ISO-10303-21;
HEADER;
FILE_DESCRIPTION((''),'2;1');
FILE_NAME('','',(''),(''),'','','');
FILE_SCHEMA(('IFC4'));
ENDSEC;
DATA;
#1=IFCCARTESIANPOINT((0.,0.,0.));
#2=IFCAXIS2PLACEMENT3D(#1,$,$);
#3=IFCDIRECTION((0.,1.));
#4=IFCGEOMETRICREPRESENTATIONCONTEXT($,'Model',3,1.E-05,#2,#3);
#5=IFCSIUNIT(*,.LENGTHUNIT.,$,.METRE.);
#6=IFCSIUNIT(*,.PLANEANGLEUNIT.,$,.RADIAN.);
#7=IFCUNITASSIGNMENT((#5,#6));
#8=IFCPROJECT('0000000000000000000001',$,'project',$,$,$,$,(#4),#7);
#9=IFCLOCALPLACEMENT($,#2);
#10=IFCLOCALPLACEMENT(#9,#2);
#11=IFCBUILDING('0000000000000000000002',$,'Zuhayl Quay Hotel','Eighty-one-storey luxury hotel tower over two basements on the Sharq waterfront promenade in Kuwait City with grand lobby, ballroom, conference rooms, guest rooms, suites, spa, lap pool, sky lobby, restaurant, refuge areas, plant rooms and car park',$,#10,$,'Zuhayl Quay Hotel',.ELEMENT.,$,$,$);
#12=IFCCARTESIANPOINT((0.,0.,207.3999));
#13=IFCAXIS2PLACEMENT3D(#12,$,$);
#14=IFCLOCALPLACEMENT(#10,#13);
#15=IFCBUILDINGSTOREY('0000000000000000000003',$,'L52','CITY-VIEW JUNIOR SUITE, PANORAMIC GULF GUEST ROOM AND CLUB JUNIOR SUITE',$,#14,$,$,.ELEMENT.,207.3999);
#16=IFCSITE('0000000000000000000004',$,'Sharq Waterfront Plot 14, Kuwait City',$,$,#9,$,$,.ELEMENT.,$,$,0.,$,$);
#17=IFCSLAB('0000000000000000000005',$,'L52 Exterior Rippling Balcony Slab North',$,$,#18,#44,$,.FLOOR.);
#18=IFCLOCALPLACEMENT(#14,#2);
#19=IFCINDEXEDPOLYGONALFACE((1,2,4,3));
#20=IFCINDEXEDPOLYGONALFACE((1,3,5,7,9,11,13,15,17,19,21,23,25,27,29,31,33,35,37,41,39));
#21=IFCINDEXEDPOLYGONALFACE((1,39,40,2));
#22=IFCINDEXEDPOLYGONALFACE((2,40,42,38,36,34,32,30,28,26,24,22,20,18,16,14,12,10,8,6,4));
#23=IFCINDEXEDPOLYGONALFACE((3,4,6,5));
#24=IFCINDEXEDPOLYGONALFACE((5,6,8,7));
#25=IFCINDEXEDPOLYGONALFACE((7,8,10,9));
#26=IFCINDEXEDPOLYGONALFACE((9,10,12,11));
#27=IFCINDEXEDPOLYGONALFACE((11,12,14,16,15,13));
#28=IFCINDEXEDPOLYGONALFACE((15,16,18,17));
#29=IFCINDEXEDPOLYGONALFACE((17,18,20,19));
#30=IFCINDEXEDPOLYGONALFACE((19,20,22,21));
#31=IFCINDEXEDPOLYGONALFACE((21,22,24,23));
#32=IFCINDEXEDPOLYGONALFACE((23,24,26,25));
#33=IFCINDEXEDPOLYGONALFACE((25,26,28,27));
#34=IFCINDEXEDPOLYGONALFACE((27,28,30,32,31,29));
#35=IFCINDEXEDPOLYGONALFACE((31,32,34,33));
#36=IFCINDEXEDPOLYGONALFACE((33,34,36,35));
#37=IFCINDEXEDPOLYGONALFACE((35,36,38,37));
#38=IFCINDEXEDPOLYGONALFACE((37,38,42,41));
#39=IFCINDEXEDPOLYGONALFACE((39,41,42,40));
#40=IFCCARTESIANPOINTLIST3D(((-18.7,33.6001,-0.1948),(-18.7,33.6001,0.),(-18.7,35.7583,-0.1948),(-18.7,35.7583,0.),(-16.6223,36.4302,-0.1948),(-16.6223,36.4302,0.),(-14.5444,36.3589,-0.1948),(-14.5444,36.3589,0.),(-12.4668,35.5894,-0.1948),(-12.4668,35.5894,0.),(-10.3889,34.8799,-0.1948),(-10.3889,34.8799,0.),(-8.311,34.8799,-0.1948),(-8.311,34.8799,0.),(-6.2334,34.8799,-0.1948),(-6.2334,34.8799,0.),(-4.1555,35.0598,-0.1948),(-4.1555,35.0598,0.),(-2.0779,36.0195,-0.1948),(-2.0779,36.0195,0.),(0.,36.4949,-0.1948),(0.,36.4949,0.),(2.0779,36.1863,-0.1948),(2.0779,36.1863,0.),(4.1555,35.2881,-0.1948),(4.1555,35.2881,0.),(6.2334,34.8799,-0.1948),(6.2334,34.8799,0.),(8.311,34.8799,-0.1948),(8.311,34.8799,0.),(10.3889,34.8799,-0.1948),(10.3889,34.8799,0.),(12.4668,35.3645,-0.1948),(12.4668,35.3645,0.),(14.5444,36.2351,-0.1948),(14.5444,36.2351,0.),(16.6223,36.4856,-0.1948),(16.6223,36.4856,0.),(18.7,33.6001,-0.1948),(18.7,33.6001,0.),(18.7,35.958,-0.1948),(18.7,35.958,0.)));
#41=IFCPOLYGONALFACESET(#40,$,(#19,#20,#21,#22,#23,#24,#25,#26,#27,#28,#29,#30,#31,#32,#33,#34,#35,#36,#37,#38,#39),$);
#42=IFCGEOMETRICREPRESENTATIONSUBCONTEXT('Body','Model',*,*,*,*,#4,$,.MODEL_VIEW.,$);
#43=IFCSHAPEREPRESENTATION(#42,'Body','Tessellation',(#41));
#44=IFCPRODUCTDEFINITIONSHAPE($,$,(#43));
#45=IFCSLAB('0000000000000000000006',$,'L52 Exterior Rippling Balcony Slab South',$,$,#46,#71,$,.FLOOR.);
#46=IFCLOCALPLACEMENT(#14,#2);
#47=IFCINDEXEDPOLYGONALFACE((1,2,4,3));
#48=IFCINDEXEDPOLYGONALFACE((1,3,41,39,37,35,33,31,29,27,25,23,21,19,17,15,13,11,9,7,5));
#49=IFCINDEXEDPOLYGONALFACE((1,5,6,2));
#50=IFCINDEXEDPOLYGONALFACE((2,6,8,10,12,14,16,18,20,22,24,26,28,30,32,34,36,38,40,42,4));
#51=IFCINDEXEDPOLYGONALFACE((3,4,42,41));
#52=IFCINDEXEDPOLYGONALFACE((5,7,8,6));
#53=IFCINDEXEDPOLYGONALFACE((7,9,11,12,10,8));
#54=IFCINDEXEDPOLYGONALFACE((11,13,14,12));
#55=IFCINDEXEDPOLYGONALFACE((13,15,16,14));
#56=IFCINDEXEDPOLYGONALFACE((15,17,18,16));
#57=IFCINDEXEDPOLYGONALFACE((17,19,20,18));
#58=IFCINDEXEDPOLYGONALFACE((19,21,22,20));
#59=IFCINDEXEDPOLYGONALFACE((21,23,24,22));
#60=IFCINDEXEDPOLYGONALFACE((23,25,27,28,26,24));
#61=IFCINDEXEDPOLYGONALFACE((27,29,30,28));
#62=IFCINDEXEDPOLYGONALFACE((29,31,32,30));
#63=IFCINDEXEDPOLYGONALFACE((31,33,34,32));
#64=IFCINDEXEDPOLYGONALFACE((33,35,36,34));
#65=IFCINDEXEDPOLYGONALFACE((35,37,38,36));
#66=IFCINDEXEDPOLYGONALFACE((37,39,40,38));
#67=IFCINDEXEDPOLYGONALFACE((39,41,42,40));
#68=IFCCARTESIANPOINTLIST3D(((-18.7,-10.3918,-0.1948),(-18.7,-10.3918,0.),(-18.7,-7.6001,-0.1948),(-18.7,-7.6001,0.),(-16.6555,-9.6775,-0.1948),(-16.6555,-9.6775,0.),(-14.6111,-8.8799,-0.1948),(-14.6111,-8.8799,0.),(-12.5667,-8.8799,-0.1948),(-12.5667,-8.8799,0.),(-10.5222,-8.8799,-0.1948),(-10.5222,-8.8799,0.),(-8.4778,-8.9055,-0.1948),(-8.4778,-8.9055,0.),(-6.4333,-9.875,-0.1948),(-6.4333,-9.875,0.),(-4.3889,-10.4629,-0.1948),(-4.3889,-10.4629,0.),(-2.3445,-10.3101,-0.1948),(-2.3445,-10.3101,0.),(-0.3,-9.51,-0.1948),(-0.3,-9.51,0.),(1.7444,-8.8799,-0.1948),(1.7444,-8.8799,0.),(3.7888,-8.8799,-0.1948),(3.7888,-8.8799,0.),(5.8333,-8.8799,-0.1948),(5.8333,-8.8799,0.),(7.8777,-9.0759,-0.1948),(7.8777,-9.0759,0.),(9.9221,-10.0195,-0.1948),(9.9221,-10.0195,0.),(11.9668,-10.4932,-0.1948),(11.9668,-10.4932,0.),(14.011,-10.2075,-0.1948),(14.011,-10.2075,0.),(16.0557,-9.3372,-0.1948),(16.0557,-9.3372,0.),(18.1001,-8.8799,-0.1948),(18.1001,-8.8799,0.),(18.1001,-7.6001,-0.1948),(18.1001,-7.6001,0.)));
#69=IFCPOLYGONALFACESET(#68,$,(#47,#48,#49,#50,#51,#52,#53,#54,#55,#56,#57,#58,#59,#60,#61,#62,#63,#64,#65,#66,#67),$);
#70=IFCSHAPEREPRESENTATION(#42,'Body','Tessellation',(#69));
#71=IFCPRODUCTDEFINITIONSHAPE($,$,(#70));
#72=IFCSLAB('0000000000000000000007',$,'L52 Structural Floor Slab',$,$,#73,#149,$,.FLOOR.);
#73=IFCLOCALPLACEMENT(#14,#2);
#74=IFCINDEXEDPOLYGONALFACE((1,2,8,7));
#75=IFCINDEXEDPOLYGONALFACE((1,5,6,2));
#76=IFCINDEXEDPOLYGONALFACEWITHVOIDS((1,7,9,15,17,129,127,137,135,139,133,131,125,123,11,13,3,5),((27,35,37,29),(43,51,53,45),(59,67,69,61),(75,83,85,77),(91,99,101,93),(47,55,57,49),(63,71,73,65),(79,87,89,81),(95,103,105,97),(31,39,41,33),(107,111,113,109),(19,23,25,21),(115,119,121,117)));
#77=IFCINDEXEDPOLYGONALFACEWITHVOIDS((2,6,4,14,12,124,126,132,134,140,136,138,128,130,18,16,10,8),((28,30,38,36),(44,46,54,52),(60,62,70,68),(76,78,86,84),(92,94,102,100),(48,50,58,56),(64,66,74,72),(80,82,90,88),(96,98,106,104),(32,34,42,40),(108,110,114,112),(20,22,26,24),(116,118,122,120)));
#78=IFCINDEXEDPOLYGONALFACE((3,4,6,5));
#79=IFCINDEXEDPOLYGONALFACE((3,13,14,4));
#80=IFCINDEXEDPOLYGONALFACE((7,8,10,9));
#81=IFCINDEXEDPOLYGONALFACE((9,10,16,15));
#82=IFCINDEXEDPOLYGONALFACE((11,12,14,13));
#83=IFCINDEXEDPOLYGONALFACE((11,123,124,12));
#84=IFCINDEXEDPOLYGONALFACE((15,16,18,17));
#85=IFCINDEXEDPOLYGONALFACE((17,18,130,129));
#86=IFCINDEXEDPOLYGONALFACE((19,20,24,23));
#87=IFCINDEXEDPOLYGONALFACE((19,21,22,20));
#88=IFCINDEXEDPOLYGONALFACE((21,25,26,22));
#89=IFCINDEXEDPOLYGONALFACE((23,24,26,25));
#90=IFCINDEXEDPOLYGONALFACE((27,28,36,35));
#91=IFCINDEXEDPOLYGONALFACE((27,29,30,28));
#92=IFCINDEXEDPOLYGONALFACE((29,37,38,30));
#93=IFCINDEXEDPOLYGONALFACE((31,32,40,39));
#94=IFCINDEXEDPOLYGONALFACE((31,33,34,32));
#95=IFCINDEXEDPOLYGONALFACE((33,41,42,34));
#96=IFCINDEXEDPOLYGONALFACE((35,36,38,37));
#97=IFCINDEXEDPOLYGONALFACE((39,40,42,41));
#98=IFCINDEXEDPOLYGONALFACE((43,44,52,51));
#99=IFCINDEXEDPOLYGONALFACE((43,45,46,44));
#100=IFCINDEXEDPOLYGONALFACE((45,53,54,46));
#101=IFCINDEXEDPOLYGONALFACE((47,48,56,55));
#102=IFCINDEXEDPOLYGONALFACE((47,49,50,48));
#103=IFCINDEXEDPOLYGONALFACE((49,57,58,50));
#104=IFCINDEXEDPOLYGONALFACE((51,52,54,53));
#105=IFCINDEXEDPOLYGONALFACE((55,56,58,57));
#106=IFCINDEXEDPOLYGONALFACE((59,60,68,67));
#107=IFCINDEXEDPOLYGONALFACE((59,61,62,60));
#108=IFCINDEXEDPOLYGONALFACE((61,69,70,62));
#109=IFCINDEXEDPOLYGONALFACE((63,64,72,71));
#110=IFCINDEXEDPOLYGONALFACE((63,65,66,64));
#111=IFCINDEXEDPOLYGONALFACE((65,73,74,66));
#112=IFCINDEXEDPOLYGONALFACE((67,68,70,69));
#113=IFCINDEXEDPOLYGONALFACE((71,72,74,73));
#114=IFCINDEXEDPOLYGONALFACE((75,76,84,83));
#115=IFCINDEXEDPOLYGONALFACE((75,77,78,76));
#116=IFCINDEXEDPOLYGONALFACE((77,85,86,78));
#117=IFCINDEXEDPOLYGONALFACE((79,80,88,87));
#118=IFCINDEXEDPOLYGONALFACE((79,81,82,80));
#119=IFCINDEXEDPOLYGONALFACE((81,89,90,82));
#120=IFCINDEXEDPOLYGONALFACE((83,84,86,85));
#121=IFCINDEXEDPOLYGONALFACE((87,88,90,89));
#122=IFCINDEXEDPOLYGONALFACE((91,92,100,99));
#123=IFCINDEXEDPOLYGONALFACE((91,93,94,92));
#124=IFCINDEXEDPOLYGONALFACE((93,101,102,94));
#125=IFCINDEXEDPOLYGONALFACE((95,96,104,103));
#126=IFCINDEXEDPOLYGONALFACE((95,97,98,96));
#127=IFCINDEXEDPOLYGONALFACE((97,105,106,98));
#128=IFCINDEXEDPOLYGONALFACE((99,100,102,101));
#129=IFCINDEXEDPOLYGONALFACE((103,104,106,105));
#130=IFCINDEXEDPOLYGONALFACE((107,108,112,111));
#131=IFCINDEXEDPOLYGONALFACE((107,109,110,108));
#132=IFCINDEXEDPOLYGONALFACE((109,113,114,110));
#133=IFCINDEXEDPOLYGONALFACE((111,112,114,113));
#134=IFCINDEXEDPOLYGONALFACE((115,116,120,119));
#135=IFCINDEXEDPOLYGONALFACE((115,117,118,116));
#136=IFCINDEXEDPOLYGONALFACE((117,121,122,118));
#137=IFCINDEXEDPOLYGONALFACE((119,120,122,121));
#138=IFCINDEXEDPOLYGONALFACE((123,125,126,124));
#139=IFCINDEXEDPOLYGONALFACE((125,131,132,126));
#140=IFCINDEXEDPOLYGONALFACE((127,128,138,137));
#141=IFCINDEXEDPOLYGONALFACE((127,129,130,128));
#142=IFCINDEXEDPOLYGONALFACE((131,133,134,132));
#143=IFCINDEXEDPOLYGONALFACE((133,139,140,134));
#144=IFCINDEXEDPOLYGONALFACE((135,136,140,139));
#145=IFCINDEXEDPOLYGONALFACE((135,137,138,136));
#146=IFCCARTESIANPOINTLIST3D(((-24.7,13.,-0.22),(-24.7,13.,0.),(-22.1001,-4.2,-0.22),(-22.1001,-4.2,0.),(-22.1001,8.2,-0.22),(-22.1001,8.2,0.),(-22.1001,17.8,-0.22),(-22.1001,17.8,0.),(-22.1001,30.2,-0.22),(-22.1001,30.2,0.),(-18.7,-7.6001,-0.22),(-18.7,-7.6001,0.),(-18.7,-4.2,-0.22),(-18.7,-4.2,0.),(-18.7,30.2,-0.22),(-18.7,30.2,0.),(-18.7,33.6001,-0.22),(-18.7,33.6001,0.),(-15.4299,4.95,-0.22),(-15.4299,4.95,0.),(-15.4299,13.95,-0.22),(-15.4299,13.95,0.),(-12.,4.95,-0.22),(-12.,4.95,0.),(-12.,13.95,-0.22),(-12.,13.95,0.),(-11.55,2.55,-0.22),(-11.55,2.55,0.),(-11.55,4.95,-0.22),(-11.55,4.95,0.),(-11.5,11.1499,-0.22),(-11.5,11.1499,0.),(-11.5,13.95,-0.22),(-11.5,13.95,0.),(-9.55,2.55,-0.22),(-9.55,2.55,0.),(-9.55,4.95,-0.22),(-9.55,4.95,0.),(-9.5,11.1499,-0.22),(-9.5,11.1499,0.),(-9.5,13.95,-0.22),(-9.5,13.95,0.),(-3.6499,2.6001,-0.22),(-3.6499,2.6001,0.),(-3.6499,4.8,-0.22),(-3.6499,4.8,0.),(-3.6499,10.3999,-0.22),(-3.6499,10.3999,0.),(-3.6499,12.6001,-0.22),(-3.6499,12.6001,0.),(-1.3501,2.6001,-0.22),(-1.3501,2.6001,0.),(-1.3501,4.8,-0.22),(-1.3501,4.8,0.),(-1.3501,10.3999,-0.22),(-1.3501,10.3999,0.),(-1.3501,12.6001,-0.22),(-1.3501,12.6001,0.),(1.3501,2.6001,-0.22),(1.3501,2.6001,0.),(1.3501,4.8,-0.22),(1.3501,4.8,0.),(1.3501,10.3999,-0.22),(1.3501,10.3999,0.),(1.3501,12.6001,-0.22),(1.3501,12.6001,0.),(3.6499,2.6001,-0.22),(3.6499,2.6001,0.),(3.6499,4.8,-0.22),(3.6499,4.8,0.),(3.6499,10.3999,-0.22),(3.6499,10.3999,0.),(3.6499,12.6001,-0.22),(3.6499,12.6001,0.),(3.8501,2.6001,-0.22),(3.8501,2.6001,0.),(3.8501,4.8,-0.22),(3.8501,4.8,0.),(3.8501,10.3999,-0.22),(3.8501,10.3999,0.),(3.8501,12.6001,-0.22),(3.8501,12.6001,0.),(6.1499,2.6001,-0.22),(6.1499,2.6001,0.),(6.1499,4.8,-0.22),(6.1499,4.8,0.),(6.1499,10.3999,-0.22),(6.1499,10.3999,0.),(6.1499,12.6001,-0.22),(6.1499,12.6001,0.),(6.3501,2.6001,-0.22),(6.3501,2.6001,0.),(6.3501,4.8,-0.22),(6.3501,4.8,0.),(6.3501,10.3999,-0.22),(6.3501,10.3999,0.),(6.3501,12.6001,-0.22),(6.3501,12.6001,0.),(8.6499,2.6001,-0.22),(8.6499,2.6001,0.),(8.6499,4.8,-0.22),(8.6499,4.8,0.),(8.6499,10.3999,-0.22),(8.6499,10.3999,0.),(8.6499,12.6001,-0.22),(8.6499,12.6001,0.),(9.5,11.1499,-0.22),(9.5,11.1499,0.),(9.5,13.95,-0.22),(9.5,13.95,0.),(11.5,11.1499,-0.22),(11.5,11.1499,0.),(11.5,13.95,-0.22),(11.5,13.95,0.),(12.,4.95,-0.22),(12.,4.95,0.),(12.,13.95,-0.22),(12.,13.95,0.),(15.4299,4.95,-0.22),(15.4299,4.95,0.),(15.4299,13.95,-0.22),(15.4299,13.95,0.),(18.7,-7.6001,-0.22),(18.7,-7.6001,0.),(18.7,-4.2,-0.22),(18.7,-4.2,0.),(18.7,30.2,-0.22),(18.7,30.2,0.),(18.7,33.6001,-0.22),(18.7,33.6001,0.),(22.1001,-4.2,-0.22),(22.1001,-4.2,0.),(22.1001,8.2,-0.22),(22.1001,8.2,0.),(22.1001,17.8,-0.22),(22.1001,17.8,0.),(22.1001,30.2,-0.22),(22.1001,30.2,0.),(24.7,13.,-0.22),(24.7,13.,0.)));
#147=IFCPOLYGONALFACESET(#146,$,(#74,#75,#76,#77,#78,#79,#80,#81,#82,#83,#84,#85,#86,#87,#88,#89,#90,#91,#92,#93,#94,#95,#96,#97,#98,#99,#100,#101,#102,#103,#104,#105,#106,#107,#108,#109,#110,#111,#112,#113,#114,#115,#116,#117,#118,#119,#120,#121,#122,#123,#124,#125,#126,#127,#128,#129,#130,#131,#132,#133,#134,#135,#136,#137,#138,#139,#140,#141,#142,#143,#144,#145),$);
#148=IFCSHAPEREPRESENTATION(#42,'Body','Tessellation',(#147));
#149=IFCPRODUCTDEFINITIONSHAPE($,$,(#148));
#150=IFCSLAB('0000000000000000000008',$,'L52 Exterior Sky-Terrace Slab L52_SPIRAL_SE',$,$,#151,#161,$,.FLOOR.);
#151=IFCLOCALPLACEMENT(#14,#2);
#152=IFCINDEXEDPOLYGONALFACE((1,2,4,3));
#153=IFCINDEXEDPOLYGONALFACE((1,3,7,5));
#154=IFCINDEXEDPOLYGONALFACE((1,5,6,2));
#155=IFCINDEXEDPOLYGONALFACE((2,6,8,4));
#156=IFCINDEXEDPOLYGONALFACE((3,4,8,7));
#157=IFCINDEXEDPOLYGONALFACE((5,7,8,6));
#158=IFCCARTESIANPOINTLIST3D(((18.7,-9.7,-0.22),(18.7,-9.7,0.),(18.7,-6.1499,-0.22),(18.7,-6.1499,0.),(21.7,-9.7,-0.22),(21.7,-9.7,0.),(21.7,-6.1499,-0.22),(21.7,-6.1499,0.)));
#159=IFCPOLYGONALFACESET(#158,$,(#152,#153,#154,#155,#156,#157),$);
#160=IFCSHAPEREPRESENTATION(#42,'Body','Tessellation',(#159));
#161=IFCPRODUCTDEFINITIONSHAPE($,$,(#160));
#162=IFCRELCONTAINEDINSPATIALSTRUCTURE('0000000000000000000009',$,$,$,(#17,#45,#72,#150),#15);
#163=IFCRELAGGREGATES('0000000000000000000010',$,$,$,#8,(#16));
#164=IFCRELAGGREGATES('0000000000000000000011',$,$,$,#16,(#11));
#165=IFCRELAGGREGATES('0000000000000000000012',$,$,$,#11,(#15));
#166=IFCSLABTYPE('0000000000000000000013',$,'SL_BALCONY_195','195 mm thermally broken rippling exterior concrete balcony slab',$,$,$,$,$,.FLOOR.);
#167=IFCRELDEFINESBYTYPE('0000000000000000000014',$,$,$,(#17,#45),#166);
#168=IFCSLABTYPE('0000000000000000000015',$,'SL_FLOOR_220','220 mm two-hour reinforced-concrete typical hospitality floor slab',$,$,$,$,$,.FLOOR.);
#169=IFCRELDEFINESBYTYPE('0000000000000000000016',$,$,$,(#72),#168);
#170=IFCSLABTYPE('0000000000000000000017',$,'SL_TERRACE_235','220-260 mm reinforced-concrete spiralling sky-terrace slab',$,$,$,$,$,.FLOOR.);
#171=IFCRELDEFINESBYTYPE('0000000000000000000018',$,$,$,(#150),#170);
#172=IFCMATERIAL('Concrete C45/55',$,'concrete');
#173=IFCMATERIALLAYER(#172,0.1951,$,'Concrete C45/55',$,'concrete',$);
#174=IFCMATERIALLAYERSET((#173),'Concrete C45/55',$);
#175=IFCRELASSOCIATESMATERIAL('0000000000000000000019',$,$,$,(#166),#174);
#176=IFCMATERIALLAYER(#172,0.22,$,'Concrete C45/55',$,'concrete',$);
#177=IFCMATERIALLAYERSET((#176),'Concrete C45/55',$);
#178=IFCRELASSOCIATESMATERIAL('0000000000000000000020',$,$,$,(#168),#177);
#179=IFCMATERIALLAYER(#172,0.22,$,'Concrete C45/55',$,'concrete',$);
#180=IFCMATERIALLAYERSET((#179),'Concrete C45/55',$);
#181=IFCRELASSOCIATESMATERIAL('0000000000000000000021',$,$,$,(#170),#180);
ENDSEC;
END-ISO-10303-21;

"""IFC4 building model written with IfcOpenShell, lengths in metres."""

from ifc_helpers import new_model, si_unit, direction, frame, origin, place, context, subcontext, project, spatial, polyline, outline, extrude, material, layer, layer_set, type_object, element, save


model = new_model("IFC4")

# Units and contexts
model_context = context("Model", 3, precision=1e-05, world=origin(), true_north=direction((0.0, 1.0)))
body_context = subcontext(model_context, "Body", "Model", "MODEL_VIEW")
ifc_project = project(units=[si_unit("LENGTHUNIT", "METRE"), si_unit("PLANEANGLEUNIT", "RADIAN")], contexts=[model_context])

# Site, building, storey
site_placement = place(None, origin())
site = spatial("IfcSite", under=ifc_project, at=site_placement, Name="Sharq Waterfront Plot 14, Kuwait City", CompositionType="ELEMENT", RefElevation=0.0)
building_placement = place(site_placement, origin())
building = spatial("IfcBuilding", under=site, at=building_placement, Name="Zuhayl Quay Hotel", Description="Eighty-one-storey luxury hotel tower over two basements on the Sharq waterfront promenade in Kuwait City with grand lobby, ballroom, conference rooms, guest rooms, suites, spa, lap pool, sky lobby, restaurant, refuge areas, plant rooms and car park", LongName="Zuhayl Quay Hotel", CompositionType="ELEMENT")
storey_placement = place(building_placement, frame((0.0, 0.0, 207.3999)))
storey = spatial("IfcBuildingStorey", under=building, at=storey_placement, Name="L52", Description="CITY-VIEW JUNIOR SUITE, PANORAMIC GULF GUEST ROOM AND CLUB JUNIOR SUITE", CompositionType="ELEMENT", Elevation=207.3999)

# Slabs
ifc_material_1 = material(Name="Concrete C45/55", Category="concrete")
ifc_layer_1 = layer(ifc_material_1, 0.1951, Name="Concrete C45/55", Category="concrete")
ifc_layer_set_1 = layer_set([ifc_layer_1], Name="Concrete C45/55")
slab_type_1 = type_object("IfcSlabType", Name="SL_BALCONY_195", Description="195 mm thermally broken rippling exterior concrete balcony slab", PredefinedType="FLOOR", material=ifc_layer_set_1)
slab_1_placement = place(storey_placement, frame((0.0, 0.0, -0.1948)))
element("IfcSlab", 1, at=slab_1_placement, inside=storey, type_object=slab_type_1, Name="L52 Exterior Rippling Balcony Slab North", PredefinedType="FLOOR", context=body_context, shape_type="SweptSolid", body=[
    extrude(outline(polyline([(-18.7, 33.6001), (18.7, 33.6001), (18.7, 35.958), (16.6223, 36.4856), (14.5444, 36.2351), (12.4668, 35.3645), (10.3889, 34.8799), (8.311, 34.8799), (6.2334, 34.8799), (4.1555, 35.2881), (2.0779, 36.1863), (0.0, 36.4949), (-2.0779, 36.0195), (-4.1555, 35.0598), (-6.2334, 34.8799), (-8.311, 34.8799), (-10.3889, 34.8799), (-12.4668, 35.5894), (-14.5444, 36.3589), (-16.6223, 36.4302), (-18.7, 35.7583), (-18.7, 33.6001)])), origin(), (0.0, 0.0, 1.0), 0.1948),
])
slab_2_placement = place(storey_placement, frame((0.0, 0.0, -0.1948)))
element("IfcSlab", 2, at=slab_2_placement, inside=storey, type_object=slab_type_1, Name="L52 Exterior Rippling Balcony Slab South", PredefinedType="FLOOR", context=body_context, shape_type="SweptSolid", body=[
    extrude(outline(polyline([(-18.7, -10.3918), (-16.6555, -9.6775), (-14.6111, -8.8799), (-12.5667, -8.8799), (-10.5222, -8.8799), (-8.4778, -8.9055), (-6.4333, -9.875), (-4.3889, -10.4629), (-2.3445, -10.3101), (-0.3, -9.51), (1.7444, -8.8799), (3.7888, -8.8799), (5.8333, -8.8799), (7.8777, -9.0759), (9.9221, -10.0195), (11.9668, -10.4932), (14.011, -10.2075), (16.0557, -9.3372), (18.1001, -8.8799), (18.1001, -7.6001), (-18.7, -7.6001), (-18.7, -10.3918)])), origin(), (0.0, 0.0, 1.0), 0.1948),
])
ifc_layer_2 = layer(ifc_material_1, 0.22, Name="Concrete C45/55", Category="concrete")
ifc_layer_set_2 = layer_set([ifc_layer_2], Name="Concrete C45/55")
slab_type_2 = type_object("IfcSlabType", Name="SL_FLOOR_220", Description="220 mm two-hour reinforced-concrete typical hospitality floor slab", PredefinedType="FLOOR", material=ifc_layer_set_2)
slab_3_placement = place(storey_placement, frame((0.0, 0.0, -0.22)))
element("IfcSlab", 3, at=slab_3_placement, inside=storey, type_object=slab_type_2, Name="L52 Structural Floor Slab", PredefinedType="FLOOR", context=body_context, shape_type="SweptSolid", body=[
    extrude(outline(polyline([(-18.7, -7.6001), (18.7, -7.6001), (18.7, -4.2), (22.1001, -4.2), (22.1001, 8.2), (24.7, 13.0), (22.1001, 17.8), (22.1001, 30.2), (18.7, 30.2), (18.7, 33.6001), (-18.7, 33.6001), (-18.7, 30.2), (-22.1001, 30.2), (-22.1001, 17.8), (-24.7, 13.0), (-22.1001, 8.2), (-22.1001, -4.2), (-18.7, -4.2), (-18.7, -7.6001)]), holes=[polyline([(-12.0, 4.95), (-12.0, 13.95), (-15.4299, 13.95), (-15.4299, 4.95), (-12.0, 4.95)]), polyline([(15.4299, 4.95), (15.4299, 13.95), (12.0, 13.95), (12.0, 4.95), (15.4299, 4.95)]), polyline([(-11.5, 11.1499), (-9.5, 11.1499), (-9.5, 13.95), (-11.5, 13.95), (-11.5, 11.1499)]), polyline([(9.5, 11.1499), (11.5, 11.1499), (11.5, 13.95), (9.5, 13.95), (9.5, 11.1499)]), polyline([(-3.6499, 2.6001), (-1.3501, 2.6001), (-1.3501, 4.8), (-3.6499, 4.8), (-3.6499, 2.6001)]), polyline([(1.3501, 2.6001), (3.6499, 2.6001), (3.6499, 4.8), (1.3501, 4.8), (1.3501, 2.6001)]), polyline([(-3.6499, 10.3999), (-1.3501, 10.3999), (-1.3501, 12.6001), (-3.6499, 12.6001), (-3.6499, 10.3999)]), polyline([(1.3501, 10.3999), (3.6499, 10.3999), (3.6499, 12.6001), (1.3501, 12.6001), (1.3501, 10.3999)]), polyline([(3.8501, 2.6001), (6.1499, 2.6001), (6.1499, 4.8), (3.8501, 4.8), (3.8501, 2.6001)]), polyline([(6.3501, 2.6001), (8.6499, 2.6001), (8.6499, 4.8), (6.3501, 4.8), (6.3501, 2.6001)]), polyline([(3.8501, 10.3999), (6.1499, 10.3999), (6.1499, 12.6001), (3.8501, 12.6001), (3.8501, 10.3999)]), polyline([(6.3501, 10.3999), (8.6499, 10.3999), (8.6499, 12.6001), (6.3501, 12.6001), (6.3501, 10.3999)]), polyline([(-11.55, 2.55), (-9.55, 2.55), (-9.55, 4.95), (-11.55, 4.95), (-11.55, 2.55)])]), origin(), (0.0, 0.0, 1.0), 0.22),
])
ifc_layer_3 = layer(ifc_material_1, 0.22, Name="Concrete C45/55", Category="concrete")
ifc_layer_set_3 = layer_set([ifc_layer_3], Name="Concrete C45/55")
slab_type_3 = type_object("IfcSlabType", Name="SL_TERRACE_235", Description="220-260 mm reinforced-concrete spiralling sky-terrace slab", PredefinedType="FLOOR", material=ifc_layer_set_3)
slab_4_placement = place(storey_placement, frame((0.0, 0.0, -0.22)))
element("IfcSlab", 4, at=slab_4_placement, inside=storey, type_object=slab_type_3, Name="L52 Exterior Sky-Terrace Slab L52_SPIRAL_SE", PredefinedType="FLOOR", context=body_context, shape_type="SweptSolid", body=[
    extrude(outline(polyline([(18.7, -9.7), (21.7, -9.7), (21.7, -6.1499), (18.7, -6.1499), (18.7, -9.7)])), origin(), (0.0, 0.0, 1.0), 0.22),
])

save(model, "model.ifc")
